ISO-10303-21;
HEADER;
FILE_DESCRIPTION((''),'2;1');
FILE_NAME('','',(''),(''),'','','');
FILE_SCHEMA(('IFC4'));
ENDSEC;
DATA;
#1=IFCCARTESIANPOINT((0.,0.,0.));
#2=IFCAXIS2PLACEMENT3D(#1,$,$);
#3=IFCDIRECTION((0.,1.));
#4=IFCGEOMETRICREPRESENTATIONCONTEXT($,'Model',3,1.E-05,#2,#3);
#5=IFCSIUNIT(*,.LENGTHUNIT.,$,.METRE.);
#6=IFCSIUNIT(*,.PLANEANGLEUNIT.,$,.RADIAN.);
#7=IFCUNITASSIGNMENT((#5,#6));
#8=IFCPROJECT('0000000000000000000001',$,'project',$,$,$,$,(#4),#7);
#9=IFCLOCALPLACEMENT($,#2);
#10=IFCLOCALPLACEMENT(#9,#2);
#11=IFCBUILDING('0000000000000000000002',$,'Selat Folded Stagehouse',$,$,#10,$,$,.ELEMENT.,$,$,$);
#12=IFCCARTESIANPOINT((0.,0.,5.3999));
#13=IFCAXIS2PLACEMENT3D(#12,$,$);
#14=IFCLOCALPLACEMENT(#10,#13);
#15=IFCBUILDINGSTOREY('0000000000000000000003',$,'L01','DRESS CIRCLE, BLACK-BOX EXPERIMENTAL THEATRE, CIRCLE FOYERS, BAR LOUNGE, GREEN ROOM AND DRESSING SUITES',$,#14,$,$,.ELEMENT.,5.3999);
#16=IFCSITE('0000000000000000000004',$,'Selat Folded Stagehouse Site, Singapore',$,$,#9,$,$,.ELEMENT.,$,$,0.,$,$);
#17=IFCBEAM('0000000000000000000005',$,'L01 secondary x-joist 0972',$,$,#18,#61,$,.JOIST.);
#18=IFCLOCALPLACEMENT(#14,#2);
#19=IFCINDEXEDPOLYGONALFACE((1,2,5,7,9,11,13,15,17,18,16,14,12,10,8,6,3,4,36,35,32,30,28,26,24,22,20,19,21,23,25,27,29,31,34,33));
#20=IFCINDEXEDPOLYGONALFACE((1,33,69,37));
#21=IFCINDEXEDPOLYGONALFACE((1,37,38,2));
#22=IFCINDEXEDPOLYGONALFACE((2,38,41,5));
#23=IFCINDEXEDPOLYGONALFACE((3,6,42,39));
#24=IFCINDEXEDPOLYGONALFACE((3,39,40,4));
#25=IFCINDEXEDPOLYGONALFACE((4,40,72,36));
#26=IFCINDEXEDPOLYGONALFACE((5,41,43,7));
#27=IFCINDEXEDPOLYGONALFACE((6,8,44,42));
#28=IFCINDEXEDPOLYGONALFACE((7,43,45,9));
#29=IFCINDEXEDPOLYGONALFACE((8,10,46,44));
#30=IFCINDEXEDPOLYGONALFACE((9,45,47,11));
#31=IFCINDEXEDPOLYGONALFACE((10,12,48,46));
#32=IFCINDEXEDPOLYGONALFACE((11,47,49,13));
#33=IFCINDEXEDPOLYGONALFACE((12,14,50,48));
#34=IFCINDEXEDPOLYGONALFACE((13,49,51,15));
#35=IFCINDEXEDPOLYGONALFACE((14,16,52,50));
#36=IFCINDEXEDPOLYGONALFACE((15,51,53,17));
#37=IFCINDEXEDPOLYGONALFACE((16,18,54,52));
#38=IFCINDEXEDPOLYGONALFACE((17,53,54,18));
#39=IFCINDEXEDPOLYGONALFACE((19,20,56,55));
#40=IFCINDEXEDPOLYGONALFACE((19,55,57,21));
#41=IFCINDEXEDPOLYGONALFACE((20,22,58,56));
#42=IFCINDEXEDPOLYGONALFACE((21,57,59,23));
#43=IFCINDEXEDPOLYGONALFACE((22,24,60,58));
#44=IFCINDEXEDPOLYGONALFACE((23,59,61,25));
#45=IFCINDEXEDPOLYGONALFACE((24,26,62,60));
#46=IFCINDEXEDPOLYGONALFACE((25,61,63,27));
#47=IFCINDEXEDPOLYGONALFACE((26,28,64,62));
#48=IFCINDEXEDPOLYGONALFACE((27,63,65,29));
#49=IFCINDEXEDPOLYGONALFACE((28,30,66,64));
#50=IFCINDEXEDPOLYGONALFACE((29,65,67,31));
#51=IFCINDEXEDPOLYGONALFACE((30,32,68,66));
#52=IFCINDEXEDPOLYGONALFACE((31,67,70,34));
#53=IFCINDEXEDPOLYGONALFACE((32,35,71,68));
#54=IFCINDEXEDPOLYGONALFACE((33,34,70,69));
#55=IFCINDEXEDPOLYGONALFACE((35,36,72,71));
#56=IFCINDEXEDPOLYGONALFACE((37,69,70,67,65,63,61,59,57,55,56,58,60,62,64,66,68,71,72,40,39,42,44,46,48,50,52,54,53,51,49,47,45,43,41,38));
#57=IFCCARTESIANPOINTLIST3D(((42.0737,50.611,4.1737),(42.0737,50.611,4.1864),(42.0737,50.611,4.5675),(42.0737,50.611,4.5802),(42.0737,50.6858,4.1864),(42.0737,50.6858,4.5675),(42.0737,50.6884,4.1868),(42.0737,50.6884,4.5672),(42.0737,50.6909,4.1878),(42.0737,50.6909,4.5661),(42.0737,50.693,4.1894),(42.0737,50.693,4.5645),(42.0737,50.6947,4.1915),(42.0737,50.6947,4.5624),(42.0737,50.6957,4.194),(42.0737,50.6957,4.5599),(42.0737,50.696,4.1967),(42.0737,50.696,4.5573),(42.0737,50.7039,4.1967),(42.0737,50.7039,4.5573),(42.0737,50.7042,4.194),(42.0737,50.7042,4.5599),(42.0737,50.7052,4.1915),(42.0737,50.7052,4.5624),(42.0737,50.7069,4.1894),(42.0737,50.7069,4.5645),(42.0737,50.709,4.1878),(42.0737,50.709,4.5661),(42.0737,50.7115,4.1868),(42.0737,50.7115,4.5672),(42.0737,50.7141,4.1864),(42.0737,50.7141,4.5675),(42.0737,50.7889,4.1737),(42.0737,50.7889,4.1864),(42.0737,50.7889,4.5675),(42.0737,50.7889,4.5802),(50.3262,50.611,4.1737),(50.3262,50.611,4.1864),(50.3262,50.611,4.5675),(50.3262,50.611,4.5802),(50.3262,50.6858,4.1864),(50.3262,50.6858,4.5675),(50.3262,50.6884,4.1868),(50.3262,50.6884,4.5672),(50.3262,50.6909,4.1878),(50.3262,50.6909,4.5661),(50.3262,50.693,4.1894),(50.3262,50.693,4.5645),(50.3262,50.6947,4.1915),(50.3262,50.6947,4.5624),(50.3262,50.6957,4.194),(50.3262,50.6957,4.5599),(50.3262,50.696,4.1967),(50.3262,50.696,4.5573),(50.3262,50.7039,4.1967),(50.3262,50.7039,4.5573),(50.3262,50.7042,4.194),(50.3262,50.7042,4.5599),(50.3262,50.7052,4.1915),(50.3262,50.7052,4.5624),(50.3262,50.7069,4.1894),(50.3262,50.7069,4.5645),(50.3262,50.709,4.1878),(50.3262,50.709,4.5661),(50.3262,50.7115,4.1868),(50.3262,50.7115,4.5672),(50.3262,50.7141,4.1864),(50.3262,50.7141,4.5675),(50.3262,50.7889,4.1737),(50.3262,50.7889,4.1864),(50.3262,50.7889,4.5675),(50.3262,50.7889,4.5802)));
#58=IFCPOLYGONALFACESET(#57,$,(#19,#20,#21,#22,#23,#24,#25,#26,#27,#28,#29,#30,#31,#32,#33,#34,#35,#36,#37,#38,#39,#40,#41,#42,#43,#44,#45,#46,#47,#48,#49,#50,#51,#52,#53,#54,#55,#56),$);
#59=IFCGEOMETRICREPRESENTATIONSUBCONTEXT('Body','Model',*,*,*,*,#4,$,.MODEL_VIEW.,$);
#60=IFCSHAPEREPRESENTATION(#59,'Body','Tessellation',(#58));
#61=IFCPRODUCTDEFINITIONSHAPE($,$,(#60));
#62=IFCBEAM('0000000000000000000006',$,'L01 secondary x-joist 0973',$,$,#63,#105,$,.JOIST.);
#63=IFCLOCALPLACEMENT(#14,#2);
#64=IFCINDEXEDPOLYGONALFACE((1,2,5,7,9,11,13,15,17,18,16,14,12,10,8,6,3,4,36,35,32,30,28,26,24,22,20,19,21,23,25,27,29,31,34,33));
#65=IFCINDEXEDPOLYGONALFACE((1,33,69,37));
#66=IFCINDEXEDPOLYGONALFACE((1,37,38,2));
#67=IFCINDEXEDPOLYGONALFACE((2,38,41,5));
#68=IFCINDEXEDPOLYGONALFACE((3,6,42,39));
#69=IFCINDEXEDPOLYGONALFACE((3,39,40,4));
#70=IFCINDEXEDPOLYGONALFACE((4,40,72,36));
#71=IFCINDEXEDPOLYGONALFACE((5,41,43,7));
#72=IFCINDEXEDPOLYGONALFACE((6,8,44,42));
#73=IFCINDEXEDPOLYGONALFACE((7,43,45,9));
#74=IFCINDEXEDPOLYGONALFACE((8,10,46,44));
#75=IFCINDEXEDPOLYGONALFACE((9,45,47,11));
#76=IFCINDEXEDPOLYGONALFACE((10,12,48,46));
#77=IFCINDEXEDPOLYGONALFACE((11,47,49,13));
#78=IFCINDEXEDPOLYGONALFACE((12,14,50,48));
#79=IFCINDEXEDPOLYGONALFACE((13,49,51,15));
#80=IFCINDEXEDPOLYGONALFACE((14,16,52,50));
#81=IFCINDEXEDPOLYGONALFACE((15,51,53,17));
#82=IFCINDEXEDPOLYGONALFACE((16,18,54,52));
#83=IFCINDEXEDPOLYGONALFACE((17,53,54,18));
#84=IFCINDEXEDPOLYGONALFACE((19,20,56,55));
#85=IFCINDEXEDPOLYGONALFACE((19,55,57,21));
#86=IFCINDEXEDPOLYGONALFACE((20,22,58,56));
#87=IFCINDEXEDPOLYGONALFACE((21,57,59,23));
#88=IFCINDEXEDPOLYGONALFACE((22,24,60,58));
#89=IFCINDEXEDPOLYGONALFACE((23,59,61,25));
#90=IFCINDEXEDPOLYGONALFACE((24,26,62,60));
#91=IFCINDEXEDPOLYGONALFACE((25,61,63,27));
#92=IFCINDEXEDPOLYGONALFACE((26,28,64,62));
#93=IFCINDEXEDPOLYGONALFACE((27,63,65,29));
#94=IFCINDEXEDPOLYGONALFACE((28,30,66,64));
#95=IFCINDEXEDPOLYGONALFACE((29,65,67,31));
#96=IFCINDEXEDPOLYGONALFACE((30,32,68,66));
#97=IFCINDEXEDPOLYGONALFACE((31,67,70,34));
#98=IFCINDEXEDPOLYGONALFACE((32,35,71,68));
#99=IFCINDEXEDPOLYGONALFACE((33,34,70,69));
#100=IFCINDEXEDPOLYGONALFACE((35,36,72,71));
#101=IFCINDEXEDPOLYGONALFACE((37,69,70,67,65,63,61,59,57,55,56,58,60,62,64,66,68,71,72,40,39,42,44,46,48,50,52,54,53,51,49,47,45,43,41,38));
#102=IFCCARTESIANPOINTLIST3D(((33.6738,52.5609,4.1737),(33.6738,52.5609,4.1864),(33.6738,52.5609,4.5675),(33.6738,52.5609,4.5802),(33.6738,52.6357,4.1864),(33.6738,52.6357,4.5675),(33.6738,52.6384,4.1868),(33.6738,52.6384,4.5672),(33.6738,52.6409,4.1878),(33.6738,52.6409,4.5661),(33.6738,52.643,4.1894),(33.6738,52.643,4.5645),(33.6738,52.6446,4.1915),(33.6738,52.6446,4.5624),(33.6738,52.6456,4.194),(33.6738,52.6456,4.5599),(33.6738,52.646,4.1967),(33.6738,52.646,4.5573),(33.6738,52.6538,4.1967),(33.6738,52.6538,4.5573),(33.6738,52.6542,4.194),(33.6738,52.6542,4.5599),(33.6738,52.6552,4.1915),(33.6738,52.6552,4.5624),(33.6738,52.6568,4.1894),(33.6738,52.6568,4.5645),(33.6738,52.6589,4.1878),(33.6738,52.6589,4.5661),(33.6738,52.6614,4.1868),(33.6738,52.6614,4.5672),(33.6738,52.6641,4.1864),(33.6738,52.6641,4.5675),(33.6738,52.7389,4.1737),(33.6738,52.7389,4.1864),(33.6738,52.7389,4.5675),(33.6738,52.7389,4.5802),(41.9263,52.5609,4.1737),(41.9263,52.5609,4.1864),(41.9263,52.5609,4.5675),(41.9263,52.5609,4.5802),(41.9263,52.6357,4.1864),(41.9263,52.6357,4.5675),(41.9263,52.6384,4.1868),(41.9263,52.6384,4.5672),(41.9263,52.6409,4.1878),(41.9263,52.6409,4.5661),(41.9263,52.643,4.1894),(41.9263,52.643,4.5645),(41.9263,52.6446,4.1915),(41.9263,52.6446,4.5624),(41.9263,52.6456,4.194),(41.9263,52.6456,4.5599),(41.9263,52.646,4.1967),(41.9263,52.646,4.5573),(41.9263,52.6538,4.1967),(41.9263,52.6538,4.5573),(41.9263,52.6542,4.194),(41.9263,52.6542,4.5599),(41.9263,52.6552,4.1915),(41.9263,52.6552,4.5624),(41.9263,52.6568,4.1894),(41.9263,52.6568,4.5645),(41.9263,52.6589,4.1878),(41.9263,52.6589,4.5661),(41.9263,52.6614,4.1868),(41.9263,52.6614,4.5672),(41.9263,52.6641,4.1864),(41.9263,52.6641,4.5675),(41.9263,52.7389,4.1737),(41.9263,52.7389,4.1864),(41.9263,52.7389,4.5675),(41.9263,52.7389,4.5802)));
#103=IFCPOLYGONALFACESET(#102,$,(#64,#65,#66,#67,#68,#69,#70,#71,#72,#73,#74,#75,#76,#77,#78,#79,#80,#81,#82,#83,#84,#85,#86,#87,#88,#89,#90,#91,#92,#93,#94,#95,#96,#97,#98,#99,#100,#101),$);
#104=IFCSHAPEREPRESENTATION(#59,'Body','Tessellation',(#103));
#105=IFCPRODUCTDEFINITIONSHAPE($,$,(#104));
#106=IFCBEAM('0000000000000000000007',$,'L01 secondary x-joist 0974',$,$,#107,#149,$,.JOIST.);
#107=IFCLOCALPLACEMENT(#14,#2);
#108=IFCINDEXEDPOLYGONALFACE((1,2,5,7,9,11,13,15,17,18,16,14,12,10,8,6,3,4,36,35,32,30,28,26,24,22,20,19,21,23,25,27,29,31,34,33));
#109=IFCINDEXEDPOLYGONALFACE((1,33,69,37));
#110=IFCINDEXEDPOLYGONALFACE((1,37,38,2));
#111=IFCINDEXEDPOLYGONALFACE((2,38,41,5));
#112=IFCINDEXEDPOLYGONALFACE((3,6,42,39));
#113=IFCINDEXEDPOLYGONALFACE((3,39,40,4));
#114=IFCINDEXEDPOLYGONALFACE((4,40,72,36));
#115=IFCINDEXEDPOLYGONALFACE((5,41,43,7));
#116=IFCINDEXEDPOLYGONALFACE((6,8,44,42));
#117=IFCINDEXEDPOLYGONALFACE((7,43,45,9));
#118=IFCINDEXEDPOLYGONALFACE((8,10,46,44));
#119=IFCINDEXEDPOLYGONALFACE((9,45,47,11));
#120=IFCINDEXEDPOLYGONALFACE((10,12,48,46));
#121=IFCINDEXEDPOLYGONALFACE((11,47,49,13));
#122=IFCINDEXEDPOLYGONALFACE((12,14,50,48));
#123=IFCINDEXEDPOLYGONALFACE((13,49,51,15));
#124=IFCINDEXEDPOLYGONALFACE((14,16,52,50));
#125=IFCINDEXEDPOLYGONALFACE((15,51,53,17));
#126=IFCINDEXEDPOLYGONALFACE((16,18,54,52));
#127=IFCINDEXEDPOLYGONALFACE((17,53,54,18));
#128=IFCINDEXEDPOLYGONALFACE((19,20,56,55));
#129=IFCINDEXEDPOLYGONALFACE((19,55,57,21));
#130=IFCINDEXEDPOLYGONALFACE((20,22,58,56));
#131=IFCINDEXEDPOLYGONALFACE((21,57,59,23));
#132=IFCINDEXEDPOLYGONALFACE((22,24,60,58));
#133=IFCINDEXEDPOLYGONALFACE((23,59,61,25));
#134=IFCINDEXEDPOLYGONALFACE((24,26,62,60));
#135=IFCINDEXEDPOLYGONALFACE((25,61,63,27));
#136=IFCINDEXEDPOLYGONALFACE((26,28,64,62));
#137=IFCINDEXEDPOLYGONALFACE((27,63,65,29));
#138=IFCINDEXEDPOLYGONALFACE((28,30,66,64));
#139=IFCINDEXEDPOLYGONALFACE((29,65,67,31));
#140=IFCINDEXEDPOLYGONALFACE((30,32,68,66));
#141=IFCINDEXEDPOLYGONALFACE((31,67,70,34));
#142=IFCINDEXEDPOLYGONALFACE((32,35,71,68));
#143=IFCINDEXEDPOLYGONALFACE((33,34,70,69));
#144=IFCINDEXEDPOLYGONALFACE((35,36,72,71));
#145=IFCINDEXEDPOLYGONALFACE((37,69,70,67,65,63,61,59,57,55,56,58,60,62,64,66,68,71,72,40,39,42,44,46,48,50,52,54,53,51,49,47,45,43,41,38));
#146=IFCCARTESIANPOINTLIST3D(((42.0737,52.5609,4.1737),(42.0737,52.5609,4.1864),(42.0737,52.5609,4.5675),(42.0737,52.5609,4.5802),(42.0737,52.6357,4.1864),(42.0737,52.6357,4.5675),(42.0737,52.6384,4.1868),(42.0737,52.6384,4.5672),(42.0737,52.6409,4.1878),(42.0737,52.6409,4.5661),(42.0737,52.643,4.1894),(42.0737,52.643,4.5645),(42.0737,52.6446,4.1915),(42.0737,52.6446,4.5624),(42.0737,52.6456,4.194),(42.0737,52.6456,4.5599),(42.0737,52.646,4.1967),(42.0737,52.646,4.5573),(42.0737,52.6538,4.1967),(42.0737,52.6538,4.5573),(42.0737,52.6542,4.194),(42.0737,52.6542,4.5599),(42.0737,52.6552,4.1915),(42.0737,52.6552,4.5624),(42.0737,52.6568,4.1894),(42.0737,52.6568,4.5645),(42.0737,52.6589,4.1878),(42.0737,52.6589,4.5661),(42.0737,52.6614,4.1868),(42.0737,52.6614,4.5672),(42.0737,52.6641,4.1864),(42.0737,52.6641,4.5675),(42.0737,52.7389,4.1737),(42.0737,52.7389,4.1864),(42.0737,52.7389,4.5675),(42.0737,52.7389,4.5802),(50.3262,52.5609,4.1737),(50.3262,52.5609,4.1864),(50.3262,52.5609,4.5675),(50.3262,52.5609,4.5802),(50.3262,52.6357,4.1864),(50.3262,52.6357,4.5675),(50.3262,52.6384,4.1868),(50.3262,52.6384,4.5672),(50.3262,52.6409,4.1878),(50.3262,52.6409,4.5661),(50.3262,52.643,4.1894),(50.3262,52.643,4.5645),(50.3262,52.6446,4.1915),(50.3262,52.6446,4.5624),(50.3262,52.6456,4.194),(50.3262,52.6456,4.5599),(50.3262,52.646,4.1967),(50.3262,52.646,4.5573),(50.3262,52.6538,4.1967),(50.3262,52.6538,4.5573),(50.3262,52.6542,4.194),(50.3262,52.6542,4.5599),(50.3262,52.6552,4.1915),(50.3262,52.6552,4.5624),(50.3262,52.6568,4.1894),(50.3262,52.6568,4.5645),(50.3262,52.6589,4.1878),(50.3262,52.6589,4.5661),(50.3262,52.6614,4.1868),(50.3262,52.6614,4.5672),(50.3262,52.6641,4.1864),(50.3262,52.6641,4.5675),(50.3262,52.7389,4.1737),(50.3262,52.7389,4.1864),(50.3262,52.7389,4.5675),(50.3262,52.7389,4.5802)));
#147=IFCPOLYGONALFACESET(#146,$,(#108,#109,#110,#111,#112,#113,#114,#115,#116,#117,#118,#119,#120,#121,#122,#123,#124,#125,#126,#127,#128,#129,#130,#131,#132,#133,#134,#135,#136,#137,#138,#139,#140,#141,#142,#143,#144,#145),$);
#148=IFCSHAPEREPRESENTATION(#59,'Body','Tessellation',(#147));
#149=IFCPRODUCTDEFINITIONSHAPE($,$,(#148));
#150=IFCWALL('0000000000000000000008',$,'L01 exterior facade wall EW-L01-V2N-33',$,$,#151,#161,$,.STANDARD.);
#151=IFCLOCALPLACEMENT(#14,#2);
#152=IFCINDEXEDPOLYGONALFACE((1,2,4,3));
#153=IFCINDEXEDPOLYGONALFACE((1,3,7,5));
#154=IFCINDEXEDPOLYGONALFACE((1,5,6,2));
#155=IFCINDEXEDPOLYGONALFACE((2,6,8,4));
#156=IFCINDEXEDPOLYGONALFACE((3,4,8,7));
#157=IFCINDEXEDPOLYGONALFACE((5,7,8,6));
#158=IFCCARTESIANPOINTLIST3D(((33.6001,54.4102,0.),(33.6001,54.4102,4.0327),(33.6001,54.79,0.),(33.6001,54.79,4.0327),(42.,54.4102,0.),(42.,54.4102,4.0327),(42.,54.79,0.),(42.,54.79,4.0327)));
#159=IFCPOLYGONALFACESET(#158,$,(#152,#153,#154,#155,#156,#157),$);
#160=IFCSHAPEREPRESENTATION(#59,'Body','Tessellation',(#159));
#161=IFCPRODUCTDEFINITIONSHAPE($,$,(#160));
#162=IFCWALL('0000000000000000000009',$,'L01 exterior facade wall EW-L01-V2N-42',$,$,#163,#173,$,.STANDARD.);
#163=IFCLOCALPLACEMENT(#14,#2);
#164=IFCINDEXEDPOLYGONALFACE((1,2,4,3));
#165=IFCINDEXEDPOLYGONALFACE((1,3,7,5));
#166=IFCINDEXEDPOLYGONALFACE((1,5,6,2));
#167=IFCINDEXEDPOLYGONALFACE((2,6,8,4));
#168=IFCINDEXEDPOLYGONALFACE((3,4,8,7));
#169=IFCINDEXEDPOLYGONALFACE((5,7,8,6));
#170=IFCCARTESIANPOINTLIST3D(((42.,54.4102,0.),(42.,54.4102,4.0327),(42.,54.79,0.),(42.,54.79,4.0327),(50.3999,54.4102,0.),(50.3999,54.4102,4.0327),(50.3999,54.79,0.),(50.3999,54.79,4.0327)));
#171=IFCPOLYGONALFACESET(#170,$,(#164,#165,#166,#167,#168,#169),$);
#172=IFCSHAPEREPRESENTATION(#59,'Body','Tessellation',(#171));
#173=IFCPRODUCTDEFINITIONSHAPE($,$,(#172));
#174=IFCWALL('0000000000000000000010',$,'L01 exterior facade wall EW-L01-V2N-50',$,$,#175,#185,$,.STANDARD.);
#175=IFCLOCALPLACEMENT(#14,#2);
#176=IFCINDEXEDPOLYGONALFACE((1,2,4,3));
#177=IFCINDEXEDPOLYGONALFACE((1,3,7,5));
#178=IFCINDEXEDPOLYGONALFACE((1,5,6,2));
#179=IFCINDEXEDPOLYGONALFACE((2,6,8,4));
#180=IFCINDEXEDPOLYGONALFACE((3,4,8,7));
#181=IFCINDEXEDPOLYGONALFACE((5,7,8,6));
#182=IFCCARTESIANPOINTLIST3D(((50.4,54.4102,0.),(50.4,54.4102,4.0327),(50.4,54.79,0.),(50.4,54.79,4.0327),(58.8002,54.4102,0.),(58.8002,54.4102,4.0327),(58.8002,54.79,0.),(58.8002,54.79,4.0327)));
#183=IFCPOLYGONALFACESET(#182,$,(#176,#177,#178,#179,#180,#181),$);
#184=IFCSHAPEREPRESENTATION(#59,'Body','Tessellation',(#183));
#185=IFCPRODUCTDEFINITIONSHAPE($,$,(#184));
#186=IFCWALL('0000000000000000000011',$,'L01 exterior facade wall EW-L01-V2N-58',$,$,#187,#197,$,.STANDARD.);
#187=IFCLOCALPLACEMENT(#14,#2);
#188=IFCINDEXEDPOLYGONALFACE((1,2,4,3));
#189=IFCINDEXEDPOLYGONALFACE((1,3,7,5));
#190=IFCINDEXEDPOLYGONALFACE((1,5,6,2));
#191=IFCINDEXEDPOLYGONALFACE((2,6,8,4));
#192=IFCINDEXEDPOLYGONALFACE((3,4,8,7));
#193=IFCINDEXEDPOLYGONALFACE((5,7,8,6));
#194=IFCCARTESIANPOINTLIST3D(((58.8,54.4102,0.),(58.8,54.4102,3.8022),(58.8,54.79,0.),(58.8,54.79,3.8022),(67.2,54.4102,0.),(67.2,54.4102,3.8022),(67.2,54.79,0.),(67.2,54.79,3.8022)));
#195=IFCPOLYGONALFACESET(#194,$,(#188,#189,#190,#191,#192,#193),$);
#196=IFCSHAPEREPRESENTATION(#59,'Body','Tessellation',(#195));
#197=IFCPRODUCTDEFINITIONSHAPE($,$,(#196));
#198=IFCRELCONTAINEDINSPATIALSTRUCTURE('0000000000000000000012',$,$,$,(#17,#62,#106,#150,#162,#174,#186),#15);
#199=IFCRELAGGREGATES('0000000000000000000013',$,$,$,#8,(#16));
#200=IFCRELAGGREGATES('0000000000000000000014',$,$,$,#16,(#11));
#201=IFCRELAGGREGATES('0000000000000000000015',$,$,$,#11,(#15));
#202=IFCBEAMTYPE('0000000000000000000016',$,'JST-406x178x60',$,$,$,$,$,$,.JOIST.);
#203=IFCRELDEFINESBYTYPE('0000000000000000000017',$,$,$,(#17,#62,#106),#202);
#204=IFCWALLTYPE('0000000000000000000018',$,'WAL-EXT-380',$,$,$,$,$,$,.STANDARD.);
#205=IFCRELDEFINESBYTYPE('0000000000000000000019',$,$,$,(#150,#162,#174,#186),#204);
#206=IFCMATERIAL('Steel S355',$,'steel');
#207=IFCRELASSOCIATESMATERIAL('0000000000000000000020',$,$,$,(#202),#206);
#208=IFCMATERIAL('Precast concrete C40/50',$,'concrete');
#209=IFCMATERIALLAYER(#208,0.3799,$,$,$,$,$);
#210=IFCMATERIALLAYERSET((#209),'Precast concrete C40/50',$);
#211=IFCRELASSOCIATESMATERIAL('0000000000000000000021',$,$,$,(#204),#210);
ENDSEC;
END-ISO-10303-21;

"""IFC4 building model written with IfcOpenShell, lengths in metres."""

from ifc_helpers import new_model, si_unit, direction, frame, frame_2d, origin, origin_2d, place, context, subcontext, project, spatial, rectangle, i_section, extrude, material, layer, layer_set, material_profile, profile_set, type_object, element, save


model = new_model("IFC4")

# Units and contexts
model_context = context("Model", 3, precision=1e-05, world=origin(), true_north=direction((0.0, 1.0)))
body_context = subcontext(model_context, "Body", "Model", "MODEL_VIEW")
ifc_project = project(units=[si_unit("LENGTHUNIT", "METRE"), si_unit("PLANEANGLEUNIT", "RADIAN")], contexts=[model_context])

# Site, building, storey
site_placement = place(None, origin())
site = spatial("IfcSite", under=ifc_project, at=site_placement, Name="Selat Folded Stagehouse Site, Singapore", CompositionType="ELEMENT", RefElevation=0.0)
building_placement = place(site_placement, origin())
building = spatial("IfcBuilding", under=site, at=building_placement, Name="Selat Folded Stagehouse", CompositionType="ELEMENT")
storey_placement = place(building_placement, frame((0.0, 0.0, 5.3999)))
storey = spatial("IfcBuildingStorey", under=building, at=storey_placement, Name="L01", Description="DRESS CIRCLE, BLACK-BOX EXPERIMENTAL THEATRE, CIRCLE FOYERS, BAR LOUNGE, GREEN ROOM AND DRESSING SUITES", CompositionType="ELEMENT", Elevation=5.3999)

# Shared definitions
ifc_material_1 = material(Name="Steel S355", Category="steel")

# Beams
ifc_material_profile_1 = material_profile(ifc_material_1, i_section(OverallWidth=0.178, OverallDepth=0.4065, WebThickness=0.0078, FlangeThickness=0.0127, FilletRadius=0.0103, at=origin_2d()), Name="UKB 406x178x60")
ifc_profile_set_1 = profile_set([ifc_material_profile_1], Name="Steel S355")
beam_type_1 = type_object("IfcBeamType", Name="JST-406x178x60", PredefinedType="JOIST", material=ifc_profile_set_1)
for number, where, z_axis, x_axis, name in (
    (1, (42.0737, 50.7, 4.377), (1.0, 0.0, 0.0), (0.0, 1.0, 0.0), "L01 secondary x-joist 0972"),
    (2, (33.6738, 52.6499, 4.377), (1.0, 0.0, 0.0), (0.0, 1.0, 0.0), "L01 secondary x-joist 0973"),
    (3, (42.0737, 52.6499, 4.377), (1.0, 0.0, 0.0), (0.0, 1.0, 0.0), "L01 secondary x-joist 0974"),
):
    element("IfcBeam", number, at=place(storey_placement, frame(where, z_axis=z_axis, x_axis=x_axis)), inside=storey, type_object=beam_type_1, Name=name, PredefinedType="JOIST", context=body_context, shape_type="SweptSolid", body=[
        extrude(i_section(OverallWidth=0.178, OverallDepth=0.4065, WebThickness=0.0078, FlangeThickness=0.0127, FilletRadius=0.0103, at=origin_2d()), origin(), (0.0, 0.0, 1.0), 8.2524),
    ])

# Walls
ifc_material_2 = material(Name="Precast concrete C40/50", Category="concrete")
ifc_layer_1 = layer(ifc_material_2, 0.3799)
ifc_layer_set_1 = layer_set([ifc_layer_1], Name="Precast concrete C40/50")
wall_type_1 = type_object("IfcWallType", Name="WAL-EXT-380", PredefinedType="STANDARD", material=ifc_layer_set_1)
for number, where, z_axis, x_axis, name in (
    (4, (33.6001, 54.6001, 0.0), (0.0, 0.0, 1.0), (1.0, 0.0, 0.0), "L01 exterior facade wall EW-L01-V2N-33"),
    (5, (42.0, 54.6001, 0.0), (0.0, 0.0, 1.0), (1.0, 0.0, 0.0), "L01 exterior facade wall EW-L01-V2N-42"),
):
    element("IfcWall", number, at=place(storey_placement, frame(where, z_axis=z_axis, x_axis=x_axis)), inside=storey, type_object=wall_type_1, Name=name, PredefinedType="STANDARD", context=body_context, shape_type="SweptSolid", body=[
        extrude(rectangle(XDim=8.3999, YDim=0.3799, at=frame_2d((4.2, 0.0))), origin(), (0.0, 0.0, 1.0), 4.0327),
    ])
wall_1_placement = place(storey_placement, frame((50.3999, 54.6001, 0.0), z_axis=(0.0, 0.0, 1.0), x_axis=(1.0, 0.0, 0.0)))
element("IfcWall", 6, at=wall_1_placement, inside=storey, type_object=wall_type_1, Name="L01 exterior facade wall EW-L01-V2N-50", PredefinedType="STANDARD", context=body_context, shape_type="SweptSolid", body=[
    extrude(rectangle(XDim=8.4001, YDim=0.3799, at=frame_2d((4.2002, 0.0))), origin(), (0.0, 0.0, 1.0), 4.0327),
])
wall_2_placement = place(storey_placement, frame((58.8, 54.6001, 0.0), z_axis=(0.0, 0.0, 1.0), x_axis=(1.0, 0.0, 0.0)))
element("IfcWall", 7, at=wall_2_placement, inside=storey, type_object=wall_type_1, Name="L01 exterior facade wall EW-L01-V2N-58", PredefinedType="STANDARD", context=body_context, shape_type="SweptSolid", body=[
    extrude(rectangle(XDim=8.3999, YDim=0.3799, at=frame_2d((4.2, 0.0))), origin(), (0.0, 0.0, 1.0), 3.8022),
])

save(model, "model.ifc")
